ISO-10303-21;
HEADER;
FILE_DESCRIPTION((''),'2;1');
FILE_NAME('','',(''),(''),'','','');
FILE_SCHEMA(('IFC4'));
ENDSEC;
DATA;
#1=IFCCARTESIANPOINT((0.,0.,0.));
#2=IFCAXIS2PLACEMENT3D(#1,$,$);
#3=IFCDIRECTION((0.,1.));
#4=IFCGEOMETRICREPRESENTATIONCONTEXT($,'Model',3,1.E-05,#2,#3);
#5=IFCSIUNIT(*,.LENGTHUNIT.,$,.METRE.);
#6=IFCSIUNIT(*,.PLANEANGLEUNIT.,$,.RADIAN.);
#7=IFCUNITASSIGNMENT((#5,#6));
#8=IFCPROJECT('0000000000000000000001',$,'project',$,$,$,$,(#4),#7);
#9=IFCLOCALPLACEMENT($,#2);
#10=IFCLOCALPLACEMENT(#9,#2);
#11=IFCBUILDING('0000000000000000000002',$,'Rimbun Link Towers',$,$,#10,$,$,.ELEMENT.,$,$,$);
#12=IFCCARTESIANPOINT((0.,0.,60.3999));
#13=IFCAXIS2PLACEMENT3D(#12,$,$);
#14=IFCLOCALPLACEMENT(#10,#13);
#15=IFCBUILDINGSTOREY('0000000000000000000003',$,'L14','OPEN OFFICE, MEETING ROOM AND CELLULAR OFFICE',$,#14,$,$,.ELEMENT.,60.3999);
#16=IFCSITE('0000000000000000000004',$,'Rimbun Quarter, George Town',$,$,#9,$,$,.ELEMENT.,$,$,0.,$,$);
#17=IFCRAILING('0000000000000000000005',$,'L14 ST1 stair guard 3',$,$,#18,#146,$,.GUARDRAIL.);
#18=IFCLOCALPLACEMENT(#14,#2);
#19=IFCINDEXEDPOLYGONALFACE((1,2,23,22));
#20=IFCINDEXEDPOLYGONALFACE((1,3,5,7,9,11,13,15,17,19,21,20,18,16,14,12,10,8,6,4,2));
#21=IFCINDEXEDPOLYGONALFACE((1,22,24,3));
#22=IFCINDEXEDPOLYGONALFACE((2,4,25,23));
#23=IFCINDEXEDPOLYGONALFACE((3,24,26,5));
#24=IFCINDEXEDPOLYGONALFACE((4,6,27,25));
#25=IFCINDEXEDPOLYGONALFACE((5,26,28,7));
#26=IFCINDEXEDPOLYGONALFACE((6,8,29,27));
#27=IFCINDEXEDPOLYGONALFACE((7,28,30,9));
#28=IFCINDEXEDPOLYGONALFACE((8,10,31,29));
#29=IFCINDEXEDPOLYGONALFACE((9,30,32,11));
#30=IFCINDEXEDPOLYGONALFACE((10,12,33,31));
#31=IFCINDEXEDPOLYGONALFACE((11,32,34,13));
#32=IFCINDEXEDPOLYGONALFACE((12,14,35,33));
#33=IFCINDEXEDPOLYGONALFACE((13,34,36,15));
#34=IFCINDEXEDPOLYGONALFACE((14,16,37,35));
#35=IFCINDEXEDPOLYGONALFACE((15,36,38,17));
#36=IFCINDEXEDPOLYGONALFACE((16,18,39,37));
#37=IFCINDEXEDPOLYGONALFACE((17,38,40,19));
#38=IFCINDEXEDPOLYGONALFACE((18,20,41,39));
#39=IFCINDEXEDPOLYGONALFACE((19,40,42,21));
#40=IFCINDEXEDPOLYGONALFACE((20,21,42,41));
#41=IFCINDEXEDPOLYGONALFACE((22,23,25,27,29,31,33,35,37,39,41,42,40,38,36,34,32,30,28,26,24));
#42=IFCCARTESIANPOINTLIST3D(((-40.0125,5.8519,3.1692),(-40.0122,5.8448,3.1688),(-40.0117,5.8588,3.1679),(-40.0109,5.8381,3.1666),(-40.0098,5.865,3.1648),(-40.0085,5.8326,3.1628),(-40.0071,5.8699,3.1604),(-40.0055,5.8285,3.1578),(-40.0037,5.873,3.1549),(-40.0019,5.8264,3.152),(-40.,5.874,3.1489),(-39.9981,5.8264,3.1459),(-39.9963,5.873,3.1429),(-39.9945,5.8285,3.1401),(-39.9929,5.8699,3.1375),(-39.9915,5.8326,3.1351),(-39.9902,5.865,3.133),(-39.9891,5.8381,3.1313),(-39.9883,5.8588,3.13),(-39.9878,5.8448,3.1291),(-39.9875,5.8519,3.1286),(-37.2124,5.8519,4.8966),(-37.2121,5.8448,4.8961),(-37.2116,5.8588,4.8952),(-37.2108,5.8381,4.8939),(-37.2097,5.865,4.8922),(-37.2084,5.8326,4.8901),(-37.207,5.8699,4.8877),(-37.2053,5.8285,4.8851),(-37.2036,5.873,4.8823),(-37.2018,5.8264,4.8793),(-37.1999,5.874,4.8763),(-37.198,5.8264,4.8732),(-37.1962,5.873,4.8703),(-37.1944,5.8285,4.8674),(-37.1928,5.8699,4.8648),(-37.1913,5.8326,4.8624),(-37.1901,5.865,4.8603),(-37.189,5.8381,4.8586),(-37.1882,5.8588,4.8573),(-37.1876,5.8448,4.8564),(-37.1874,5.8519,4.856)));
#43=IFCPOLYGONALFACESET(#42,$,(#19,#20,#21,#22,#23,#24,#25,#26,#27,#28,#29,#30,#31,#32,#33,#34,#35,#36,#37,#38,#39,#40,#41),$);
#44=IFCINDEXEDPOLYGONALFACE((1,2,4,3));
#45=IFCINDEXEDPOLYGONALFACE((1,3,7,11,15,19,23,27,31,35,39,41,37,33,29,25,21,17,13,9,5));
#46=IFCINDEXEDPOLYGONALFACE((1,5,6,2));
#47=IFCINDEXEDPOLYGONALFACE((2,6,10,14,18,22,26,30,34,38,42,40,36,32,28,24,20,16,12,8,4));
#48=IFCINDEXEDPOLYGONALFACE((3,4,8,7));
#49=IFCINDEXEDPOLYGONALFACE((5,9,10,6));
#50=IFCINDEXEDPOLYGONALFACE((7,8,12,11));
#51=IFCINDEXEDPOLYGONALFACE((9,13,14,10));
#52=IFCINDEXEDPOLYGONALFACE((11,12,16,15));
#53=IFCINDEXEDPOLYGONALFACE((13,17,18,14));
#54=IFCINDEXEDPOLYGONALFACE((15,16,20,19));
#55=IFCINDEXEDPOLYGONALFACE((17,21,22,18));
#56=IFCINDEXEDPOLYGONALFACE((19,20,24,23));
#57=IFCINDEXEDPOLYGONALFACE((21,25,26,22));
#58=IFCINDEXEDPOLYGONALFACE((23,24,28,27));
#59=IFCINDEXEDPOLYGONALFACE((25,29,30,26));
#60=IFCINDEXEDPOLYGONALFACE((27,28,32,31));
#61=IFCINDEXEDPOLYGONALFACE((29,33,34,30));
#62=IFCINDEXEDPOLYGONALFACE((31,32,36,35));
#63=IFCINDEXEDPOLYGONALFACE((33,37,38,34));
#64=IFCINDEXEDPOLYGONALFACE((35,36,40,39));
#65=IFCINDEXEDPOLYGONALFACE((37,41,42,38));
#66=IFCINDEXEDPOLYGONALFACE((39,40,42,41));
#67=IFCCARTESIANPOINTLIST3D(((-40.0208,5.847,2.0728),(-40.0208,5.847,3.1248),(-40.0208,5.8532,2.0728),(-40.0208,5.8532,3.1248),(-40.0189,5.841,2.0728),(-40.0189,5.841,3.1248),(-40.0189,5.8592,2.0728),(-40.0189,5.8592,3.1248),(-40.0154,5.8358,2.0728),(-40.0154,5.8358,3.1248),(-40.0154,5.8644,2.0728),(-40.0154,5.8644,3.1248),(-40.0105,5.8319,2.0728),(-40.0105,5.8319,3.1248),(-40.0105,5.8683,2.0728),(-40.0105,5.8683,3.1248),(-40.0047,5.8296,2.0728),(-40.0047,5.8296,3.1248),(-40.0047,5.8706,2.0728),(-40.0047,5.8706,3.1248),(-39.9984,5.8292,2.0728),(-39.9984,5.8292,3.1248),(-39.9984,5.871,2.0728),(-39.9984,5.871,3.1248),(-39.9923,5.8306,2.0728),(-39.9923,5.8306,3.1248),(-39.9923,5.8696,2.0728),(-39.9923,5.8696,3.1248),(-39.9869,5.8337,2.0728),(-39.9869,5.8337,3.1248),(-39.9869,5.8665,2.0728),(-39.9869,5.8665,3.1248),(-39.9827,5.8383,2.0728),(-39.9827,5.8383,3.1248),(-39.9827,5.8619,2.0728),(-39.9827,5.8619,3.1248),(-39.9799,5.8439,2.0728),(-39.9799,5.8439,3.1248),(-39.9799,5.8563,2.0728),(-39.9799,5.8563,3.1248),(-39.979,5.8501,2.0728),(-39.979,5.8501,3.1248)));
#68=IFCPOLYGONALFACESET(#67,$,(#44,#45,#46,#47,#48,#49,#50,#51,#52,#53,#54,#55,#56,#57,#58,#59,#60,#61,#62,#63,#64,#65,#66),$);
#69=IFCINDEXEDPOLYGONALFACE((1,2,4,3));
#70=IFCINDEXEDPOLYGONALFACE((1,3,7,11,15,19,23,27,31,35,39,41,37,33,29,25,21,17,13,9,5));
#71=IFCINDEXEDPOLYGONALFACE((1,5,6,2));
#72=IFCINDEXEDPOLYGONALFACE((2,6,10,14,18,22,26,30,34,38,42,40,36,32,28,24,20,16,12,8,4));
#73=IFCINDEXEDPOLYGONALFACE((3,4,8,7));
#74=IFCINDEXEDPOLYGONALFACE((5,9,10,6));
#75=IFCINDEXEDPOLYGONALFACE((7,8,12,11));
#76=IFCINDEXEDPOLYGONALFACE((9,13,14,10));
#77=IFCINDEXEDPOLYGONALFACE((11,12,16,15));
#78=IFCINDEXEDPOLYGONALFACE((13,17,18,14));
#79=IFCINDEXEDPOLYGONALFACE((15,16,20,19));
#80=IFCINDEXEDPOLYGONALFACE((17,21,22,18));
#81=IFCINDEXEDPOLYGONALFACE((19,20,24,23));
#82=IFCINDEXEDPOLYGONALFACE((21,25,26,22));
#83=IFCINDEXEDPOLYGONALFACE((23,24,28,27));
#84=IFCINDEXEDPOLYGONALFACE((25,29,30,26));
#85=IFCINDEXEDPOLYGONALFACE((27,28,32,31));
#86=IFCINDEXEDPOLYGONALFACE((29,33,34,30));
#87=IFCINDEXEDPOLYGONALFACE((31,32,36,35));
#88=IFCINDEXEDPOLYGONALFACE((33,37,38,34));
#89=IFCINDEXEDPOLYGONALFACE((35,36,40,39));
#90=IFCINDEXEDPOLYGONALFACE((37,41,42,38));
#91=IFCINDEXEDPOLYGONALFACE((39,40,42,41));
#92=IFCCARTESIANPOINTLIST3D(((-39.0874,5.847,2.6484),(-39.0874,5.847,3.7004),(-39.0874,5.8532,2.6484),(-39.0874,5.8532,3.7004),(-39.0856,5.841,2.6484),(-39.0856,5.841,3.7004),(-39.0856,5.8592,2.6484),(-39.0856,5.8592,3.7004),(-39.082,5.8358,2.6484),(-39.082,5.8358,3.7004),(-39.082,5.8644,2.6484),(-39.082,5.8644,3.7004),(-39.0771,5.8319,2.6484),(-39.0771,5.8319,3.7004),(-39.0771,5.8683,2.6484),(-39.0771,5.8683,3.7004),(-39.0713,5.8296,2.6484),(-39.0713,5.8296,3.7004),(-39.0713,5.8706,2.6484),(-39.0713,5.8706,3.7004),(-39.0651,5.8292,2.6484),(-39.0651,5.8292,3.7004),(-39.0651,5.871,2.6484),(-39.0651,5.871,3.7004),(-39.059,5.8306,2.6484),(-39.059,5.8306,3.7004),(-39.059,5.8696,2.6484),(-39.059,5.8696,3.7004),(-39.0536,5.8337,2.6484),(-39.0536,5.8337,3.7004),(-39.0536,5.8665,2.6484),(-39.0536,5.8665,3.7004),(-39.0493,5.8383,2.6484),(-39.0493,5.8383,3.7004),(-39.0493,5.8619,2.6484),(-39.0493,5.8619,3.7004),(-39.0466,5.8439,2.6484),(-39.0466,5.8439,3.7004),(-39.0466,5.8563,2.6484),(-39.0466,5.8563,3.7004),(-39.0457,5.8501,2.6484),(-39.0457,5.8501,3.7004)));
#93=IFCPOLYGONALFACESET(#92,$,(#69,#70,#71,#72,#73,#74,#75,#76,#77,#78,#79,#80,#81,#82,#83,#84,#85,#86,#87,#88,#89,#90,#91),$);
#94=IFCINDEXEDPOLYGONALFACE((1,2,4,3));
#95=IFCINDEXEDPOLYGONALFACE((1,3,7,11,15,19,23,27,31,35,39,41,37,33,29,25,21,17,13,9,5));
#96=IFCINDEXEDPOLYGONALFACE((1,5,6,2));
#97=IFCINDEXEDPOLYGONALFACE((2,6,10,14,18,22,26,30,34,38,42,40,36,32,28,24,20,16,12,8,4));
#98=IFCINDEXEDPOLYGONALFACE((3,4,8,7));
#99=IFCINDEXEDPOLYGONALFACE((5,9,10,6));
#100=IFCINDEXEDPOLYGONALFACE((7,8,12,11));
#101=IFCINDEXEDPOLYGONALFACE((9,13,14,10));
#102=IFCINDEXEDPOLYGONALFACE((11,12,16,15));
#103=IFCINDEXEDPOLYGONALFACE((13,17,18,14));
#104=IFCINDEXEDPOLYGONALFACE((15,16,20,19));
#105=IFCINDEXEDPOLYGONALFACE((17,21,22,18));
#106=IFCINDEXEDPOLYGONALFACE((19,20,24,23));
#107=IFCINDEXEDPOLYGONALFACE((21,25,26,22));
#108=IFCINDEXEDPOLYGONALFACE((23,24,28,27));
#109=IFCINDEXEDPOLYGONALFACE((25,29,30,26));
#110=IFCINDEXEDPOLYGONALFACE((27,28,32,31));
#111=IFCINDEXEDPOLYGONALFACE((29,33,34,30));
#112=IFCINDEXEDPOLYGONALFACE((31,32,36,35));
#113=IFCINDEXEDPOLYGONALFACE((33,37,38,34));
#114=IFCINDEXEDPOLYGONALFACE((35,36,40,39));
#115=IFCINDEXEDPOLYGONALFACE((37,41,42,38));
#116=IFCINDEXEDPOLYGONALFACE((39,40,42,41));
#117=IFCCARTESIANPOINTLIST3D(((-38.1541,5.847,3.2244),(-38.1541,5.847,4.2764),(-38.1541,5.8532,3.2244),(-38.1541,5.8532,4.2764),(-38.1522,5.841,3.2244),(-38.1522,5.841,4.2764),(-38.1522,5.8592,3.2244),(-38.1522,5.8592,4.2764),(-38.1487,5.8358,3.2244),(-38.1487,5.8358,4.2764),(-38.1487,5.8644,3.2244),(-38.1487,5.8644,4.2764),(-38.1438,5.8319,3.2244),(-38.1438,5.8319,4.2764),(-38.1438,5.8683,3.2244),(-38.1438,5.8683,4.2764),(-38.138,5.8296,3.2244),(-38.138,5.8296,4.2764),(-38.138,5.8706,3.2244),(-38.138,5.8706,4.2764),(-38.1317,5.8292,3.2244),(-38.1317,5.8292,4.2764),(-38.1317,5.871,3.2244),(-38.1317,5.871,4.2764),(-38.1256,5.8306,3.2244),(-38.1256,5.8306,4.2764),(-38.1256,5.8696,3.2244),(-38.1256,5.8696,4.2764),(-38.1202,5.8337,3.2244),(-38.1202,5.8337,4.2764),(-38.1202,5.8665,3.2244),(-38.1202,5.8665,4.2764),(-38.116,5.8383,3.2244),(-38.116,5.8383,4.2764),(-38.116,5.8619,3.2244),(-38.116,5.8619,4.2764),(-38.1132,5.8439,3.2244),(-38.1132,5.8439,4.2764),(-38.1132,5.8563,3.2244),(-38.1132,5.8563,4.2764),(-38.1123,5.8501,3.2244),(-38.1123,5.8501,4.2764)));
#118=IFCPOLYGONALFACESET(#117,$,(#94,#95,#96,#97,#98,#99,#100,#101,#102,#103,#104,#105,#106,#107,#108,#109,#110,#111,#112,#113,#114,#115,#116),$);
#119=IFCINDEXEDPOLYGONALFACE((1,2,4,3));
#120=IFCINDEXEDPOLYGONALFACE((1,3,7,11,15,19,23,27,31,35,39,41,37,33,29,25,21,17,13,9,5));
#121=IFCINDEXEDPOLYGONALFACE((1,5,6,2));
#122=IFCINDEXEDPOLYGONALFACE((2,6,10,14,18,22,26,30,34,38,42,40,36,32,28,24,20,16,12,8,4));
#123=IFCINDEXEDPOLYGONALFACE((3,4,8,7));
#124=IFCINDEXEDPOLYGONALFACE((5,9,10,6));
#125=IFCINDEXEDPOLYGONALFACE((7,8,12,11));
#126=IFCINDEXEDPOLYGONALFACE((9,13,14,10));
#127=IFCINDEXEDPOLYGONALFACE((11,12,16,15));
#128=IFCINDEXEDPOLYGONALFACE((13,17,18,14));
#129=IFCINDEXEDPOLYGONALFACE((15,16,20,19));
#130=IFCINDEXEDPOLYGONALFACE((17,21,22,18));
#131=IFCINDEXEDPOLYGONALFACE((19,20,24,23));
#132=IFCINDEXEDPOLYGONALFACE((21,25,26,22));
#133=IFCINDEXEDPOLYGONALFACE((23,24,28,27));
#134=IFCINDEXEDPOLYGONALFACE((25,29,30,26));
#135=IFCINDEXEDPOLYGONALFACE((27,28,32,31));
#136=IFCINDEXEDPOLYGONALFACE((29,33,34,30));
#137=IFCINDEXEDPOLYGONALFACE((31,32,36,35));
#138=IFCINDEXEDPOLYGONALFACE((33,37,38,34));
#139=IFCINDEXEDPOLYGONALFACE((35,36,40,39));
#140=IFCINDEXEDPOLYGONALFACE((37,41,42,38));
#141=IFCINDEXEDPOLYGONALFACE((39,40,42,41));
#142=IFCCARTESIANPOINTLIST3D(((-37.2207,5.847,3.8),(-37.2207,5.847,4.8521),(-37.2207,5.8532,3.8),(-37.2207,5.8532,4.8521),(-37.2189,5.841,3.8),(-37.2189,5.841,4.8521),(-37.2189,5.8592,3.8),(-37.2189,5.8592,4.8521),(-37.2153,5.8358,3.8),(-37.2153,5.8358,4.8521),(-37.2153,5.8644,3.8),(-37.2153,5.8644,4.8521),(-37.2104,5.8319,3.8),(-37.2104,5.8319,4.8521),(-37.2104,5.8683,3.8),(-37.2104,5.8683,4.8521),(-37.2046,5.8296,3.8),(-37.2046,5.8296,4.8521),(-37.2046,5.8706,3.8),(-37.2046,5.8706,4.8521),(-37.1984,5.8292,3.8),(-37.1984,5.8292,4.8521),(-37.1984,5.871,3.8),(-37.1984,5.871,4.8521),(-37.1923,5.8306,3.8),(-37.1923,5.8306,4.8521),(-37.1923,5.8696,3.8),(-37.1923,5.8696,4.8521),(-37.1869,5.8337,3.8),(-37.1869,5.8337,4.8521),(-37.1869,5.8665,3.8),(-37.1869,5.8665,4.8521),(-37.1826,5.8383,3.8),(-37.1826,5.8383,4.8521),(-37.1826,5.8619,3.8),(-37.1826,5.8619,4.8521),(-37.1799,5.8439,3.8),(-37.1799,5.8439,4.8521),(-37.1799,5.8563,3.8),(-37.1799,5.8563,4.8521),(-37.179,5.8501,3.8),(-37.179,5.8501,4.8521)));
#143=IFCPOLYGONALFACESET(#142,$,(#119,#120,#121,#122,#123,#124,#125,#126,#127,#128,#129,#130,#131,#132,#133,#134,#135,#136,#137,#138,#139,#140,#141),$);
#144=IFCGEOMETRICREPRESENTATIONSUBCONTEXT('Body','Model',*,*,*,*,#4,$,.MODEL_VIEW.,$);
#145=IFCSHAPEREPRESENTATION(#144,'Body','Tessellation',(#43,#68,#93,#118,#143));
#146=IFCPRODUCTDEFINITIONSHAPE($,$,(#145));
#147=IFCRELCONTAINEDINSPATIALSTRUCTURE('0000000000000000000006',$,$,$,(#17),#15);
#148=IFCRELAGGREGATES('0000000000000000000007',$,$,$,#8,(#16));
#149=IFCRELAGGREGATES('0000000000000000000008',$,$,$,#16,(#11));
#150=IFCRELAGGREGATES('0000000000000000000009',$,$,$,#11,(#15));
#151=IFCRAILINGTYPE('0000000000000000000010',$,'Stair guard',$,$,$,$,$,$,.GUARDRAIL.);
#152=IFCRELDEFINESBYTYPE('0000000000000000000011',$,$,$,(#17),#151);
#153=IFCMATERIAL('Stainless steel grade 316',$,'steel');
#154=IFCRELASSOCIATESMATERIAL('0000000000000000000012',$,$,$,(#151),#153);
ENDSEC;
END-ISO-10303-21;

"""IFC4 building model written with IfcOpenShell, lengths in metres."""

from ifc_helpers import new_model, si_unit, direction, frame, origin, origin_2d, place, context, subcontext, project, spatial, circle, extrude, material, type_object, element, save


model = new_model("IFC4")

# Units and contexts
model_context = context("Model", 3, precision=1e-05, world=origin(), true_north=direction((0.0, 1.0)))
body_context = subcontext(model_context, "Body", "Model", "MODEL_VIEW")
ifc_project = project(units=[si_unit("LENGTHUNIT", "METRE"), si_unit("PLANEANGLEUNIT", "RADIAN")], contexts=[model_context])

# Site, building, storey
site_placement = place(None, origin())
site = spatial("IfcSite", under=ifc_project, at=site_placement, Name="Rimbun Quarter, George Town", CompositionType="ELEMENT", RefElevation=0.0)
building_placement = place(site_placement, origin())
building = spatial("IfcBuilding", under=site, at=building_placement, Name="Rimbun Link Towers", CompositionType="ELEMENT")
storey_placement = place(building_placement, frame((0.0, 0.0, 60.3999)))
storey = spatial("IfcBuildingStorey", under=building, at=storey_placement, Name="L14", Description="OPEN OFFICE, MEETING ROOM AND CELLULAR OFFICE", CompositionType="ELEMENT", Elevation=60.3999)

# Railing
ifc_material_1 = material(Name="Stainless steel grade 316", Category="steel")
railing_type_1 = type_object("IfcRailingType", Name="Stair guard", PredefinedType="GUARDRAIL", material=ifc_material_1)
railing_1_placement = place(storey_placement, frame((-40.0, 5.8501, 2.0728)))
element("IfcRailing", 1, at=railing_1_placement, inside=storey, type_object=railing_type_1, Name="L14 ST1 stair guard 3", PredefinedType="GUARDRAIL", context=body_context, shape_type="SweptSolid", body=[
    extrude(circle(Radius=0.0239, at=origin_2d()), frame((0.0, 0.0, 1.0762), z_axis=(0.85109, 0.0, 0.52502), x_axis=(0.0, 1.0, 0.0)), (0.0, 0.0, 1.0), 3.29),
    extrude(circle(Radius=0.021, at=origin_2d()), origin(), (0.0, 0.0, 1.0), 1.052),
    extrude(circle(Radius=0.021, at=origin_2d()), frame((0.9333, 0.0, 0.5757)), (0.0, 0.0, 1.0), 1.052),
    extrude(circle(Radius=0.021, at=origin_2d()), frame((1.8667, 0.0, 1.1516)), (0.0, 0.0, 1.0), 1.052),
    extrude(circle(Radius=0.021, at=origin_2d()), frame((2.8, 0.0, 1.7273)), (0.0, 0.0, 1.0), 1.052),
])

save(model, "model.ifc")
